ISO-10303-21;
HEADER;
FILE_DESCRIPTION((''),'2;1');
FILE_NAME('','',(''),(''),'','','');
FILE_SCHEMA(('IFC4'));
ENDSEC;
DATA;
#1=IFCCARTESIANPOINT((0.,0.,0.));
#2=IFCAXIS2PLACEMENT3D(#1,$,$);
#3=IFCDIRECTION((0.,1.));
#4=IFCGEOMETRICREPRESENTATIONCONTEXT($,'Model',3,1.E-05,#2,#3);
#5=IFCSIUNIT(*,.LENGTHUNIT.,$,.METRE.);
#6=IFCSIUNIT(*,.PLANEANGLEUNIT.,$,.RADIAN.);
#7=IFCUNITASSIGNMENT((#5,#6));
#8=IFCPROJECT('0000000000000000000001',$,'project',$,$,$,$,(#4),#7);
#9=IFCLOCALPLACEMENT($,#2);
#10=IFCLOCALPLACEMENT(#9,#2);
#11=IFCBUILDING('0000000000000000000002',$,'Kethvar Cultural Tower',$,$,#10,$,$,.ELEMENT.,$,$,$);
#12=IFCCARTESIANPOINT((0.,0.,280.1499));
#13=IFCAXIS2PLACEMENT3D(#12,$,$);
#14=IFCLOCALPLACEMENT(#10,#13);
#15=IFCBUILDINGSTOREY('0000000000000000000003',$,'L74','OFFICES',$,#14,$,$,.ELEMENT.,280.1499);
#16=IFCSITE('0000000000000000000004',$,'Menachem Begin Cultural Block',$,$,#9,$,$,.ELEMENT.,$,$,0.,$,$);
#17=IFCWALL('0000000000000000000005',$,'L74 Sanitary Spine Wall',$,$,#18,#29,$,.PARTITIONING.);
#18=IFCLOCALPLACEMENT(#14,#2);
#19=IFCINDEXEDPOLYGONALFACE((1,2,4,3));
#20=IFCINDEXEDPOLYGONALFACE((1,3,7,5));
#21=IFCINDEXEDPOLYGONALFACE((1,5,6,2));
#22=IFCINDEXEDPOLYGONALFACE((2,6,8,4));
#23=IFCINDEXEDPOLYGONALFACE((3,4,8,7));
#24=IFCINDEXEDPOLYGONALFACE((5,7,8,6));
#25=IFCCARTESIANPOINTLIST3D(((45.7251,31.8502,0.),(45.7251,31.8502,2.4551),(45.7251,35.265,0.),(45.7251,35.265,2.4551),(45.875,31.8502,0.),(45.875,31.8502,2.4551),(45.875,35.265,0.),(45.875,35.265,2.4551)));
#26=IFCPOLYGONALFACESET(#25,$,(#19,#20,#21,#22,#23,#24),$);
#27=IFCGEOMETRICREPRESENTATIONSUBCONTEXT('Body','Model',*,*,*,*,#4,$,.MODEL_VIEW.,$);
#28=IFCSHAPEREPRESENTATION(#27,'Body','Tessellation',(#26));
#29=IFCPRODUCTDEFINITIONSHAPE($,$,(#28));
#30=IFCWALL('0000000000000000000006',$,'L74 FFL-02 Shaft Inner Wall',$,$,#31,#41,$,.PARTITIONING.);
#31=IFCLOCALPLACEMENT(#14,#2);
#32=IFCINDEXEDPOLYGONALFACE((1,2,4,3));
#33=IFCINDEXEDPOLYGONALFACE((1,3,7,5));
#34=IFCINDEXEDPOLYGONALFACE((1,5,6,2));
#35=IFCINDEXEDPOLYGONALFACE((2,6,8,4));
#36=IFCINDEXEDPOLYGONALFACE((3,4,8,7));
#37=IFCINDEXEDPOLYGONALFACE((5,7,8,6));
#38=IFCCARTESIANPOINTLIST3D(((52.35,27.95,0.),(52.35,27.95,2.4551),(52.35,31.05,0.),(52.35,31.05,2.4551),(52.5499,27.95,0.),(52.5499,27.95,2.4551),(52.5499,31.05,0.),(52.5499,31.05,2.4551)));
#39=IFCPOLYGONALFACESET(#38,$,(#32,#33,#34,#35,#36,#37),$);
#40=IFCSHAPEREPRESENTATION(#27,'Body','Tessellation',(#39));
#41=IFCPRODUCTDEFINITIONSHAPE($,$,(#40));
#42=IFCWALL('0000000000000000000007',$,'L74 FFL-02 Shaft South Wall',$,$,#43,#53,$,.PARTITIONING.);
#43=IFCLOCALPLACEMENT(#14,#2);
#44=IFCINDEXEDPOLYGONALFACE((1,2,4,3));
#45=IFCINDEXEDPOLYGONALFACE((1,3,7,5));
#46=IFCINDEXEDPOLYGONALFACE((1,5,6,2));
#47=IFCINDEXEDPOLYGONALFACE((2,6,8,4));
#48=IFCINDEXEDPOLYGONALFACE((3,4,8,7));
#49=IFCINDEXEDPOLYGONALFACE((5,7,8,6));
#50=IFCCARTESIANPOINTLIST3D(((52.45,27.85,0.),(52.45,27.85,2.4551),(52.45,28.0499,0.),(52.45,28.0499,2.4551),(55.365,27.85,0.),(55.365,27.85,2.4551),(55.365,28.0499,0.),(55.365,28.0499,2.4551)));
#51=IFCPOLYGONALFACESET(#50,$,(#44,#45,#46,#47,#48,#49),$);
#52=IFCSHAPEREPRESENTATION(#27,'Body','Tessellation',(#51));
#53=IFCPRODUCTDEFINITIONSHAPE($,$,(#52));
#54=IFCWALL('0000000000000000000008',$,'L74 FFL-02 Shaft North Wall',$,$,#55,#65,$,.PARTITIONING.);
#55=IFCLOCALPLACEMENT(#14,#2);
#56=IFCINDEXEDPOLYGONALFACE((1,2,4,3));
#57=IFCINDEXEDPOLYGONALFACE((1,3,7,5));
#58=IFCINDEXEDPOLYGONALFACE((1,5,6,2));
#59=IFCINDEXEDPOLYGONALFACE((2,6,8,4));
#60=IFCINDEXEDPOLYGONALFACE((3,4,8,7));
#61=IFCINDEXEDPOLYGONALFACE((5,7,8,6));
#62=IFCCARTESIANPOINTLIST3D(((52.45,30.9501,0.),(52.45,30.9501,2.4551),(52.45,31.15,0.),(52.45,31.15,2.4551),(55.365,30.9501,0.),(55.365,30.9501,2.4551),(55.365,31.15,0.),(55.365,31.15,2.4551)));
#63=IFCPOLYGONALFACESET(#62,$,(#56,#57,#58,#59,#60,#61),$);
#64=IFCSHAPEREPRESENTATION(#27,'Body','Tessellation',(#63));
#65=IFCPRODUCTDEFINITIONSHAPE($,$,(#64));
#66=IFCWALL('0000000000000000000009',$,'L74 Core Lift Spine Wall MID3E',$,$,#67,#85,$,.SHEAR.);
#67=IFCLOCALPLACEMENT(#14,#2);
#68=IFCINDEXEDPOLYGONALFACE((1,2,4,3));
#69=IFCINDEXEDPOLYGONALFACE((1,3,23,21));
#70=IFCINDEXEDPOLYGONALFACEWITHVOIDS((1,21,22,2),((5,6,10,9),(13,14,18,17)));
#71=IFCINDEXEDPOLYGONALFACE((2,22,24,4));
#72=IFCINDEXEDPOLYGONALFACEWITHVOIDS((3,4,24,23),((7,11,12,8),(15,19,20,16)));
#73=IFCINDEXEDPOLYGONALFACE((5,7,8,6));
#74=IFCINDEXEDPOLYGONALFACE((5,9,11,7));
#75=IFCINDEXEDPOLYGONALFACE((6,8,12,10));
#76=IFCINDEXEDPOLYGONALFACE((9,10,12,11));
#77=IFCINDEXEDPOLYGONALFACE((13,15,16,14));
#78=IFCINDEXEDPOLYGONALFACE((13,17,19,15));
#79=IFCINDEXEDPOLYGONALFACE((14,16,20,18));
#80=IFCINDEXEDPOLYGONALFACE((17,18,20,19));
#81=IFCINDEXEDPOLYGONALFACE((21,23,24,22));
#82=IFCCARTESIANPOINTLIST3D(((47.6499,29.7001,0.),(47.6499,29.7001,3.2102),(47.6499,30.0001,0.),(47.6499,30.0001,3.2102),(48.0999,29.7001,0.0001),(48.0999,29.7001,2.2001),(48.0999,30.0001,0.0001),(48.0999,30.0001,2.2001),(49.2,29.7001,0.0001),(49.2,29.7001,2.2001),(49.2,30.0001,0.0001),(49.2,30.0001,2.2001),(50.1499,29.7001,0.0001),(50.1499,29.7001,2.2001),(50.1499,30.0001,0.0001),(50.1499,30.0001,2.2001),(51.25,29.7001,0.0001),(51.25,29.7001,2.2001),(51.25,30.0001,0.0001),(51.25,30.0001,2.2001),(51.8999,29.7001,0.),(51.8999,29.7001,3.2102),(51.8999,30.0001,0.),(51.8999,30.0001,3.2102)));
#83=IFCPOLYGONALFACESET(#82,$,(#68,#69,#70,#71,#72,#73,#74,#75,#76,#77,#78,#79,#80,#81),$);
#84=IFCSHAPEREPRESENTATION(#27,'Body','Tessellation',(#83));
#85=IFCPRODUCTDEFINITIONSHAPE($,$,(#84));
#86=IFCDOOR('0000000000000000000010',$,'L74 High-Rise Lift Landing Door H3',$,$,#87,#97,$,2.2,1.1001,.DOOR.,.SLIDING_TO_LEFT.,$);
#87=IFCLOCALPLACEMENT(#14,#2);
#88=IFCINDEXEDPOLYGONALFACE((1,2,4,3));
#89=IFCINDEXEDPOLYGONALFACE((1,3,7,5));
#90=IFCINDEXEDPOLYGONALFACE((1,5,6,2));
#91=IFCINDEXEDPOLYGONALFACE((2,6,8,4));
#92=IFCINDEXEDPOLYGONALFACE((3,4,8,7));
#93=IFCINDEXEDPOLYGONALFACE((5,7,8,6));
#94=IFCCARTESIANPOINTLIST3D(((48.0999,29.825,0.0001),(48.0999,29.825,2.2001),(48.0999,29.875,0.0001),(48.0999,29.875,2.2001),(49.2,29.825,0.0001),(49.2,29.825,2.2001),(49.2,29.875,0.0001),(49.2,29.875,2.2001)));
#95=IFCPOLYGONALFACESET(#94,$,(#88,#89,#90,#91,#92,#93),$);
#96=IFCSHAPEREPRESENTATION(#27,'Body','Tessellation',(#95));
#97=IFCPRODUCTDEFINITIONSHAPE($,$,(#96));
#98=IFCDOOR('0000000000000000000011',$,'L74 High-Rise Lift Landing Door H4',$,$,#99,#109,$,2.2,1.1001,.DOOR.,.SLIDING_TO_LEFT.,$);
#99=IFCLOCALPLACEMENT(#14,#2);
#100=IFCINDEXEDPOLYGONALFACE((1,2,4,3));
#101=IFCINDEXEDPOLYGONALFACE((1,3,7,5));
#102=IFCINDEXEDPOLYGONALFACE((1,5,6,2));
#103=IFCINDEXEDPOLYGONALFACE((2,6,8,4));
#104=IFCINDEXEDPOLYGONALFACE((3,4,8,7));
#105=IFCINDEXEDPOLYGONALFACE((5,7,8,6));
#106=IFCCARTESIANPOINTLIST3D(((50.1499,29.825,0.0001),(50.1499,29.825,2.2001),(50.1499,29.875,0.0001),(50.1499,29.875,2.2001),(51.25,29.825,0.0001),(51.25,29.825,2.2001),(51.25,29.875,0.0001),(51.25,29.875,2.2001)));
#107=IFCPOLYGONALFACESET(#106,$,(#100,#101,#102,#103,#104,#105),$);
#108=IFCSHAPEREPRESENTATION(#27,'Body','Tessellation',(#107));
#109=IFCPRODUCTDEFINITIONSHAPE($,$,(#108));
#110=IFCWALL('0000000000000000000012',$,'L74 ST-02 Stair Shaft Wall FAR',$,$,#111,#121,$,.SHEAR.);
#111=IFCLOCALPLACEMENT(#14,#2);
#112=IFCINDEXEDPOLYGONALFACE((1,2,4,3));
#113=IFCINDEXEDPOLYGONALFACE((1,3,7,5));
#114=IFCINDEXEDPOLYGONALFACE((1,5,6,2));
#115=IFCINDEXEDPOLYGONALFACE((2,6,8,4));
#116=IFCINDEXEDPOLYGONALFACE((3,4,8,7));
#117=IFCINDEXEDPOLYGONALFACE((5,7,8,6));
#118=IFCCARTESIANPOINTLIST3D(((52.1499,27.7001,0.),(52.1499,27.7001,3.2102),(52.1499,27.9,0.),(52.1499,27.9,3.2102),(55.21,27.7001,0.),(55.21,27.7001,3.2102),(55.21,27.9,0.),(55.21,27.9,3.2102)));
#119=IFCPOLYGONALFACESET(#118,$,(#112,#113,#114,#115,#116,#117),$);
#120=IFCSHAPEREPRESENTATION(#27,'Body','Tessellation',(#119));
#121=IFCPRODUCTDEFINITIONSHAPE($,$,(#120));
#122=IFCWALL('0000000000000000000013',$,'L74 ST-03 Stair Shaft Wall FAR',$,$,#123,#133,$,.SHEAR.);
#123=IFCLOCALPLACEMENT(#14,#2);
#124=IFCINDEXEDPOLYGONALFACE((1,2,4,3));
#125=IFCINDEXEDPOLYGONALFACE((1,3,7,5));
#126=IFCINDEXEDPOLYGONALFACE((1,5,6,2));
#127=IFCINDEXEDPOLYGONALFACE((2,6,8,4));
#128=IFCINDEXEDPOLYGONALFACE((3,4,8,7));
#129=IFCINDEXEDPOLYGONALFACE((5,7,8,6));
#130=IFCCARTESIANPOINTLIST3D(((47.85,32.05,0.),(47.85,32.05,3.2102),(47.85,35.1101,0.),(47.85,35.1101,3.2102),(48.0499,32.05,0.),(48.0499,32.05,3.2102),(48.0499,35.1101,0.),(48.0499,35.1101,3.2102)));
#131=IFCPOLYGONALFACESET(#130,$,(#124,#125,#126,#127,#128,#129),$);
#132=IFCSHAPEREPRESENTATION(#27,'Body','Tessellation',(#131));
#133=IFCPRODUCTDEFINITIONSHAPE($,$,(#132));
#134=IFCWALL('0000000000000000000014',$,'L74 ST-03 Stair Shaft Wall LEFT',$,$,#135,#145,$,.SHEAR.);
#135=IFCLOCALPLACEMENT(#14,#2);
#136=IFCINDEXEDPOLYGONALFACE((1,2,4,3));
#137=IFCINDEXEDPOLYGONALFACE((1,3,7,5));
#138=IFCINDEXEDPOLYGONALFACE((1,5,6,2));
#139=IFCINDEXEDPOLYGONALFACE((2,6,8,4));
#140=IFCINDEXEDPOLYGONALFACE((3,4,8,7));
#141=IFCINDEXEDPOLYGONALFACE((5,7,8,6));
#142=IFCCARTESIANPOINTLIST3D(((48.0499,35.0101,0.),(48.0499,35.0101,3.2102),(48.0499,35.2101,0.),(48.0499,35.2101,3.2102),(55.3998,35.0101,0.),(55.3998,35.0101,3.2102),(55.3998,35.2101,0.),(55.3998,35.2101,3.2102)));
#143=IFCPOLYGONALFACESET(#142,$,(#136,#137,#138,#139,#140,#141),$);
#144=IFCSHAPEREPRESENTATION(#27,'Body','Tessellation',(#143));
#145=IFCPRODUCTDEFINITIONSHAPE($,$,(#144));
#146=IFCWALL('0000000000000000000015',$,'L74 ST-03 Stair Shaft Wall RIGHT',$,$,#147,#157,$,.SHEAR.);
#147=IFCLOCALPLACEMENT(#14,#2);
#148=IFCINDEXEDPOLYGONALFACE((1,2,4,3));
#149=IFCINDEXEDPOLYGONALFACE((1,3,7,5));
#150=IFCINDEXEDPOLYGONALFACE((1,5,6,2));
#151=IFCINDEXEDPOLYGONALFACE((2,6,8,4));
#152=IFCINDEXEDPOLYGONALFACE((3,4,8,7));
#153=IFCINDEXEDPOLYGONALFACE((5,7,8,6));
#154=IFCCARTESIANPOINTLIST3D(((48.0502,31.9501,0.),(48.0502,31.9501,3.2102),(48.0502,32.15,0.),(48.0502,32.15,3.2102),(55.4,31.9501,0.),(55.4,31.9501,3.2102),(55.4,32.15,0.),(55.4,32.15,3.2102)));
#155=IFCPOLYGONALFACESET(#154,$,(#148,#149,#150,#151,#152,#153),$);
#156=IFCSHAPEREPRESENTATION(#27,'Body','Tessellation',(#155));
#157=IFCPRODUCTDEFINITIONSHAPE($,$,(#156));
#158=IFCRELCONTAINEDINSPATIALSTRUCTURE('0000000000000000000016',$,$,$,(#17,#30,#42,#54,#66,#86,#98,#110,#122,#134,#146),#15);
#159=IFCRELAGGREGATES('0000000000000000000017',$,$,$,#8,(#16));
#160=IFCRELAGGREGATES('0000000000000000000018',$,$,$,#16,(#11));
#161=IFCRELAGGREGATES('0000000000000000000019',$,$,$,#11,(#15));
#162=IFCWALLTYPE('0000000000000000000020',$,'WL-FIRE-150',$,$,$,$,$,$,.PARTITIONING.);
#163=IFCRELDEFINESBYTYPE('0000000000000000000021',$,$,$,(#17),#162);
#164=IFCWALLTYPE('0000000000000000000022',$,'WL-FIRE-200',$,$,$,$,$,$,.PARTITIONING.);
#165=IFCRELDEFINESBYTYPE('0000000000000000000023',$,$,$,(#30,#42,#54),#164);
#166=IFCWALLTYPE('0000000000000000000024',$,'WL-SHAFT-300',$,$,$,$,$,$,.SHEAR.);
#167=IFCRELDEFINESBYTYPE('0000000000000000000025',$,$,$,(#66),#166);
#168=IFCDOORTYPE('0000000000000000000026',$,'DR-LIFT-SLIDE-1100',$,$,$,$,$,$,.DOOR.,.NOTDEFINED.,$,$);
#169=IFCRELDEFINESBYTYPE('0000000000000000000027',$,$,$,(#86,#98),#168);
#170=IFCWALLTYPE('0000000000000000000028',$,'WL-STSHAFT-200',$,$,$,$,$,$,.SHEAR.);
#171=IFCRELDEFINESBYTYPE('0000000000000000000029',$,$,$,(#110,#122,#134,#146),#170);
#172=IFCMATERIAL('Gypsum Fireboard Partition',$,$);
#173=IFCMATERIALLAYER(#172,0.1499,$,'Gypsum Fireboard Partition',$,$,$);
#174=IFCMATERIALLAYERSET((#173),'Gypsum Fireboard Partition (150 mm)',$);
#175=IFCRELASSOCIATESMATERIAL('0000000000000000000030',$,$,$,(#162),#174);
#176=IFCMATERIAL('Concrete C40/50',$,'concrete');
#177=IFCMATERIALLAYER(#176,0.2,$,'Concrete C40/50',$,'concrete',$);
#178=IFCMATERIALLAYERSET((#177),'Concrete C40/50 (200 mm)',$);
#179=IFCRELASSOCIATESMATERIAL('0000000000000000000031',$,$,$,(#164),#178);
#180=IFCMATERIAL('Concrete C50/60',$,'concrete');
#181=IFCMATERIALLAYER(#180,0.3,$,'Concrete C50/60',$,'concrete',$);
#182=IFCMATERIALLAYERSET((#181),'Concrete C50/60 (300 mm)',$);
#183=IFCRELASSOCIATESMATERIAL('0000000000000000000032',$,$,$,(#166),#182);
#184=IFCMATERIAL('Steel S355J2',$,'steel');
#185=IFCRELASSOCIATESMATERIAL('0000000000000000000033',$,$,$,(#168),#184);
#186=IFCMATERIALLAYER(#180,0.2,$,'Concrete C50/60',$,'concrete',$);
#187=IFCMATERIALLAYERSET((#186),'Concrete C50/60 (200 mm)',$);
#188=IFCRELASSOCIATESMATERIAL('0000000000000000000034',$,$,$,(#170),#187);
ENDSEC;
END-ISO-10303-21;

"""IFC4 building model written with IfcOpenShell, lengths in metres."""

from ifc_helpers import new_model, si_unit, direction, frame, frame_2d, origin, place, context, subcontext, project, spatial, rectangle, extrude, source, transform, mapped, material, layer, layer_set, type_object, element, fill, save


model = new_model("IFC4")

# Units and contexts
model_context = context("Model", 3, precision=1e-05, world=origin(), true_north=direction((0.0, 1.0)))
body_context = subcontext(model_context, "Body", "Model", "MODEL_VIEW")
ifc_project = project(units=[si_unit("LENGTHUNIT", "METRE"), si_unit("PLANEANGLEUNIT", "RADIAN")], contexts=[model_context])

# Site, building, storey
site_placement = place(None, origin())
site = spatial("IfcSite", under=ifc_project, at=site_placement, Name="Menachem Begin Cultural Block", CompositionType="ELEMENT", RefElevation=0.0)
building_placement = place(site_placement, origin())
building = spatial("IfcBuilding", under=site, at=building_placement, Name="Kethvar Cultural Tower", CompositionType="ELEMENT")
storey_placement = place(building_placement, frame((0.0, 0.0, 280.1499)))
storey = spatial("IfcBuildingStorey", under=building, at=storey_placement, Name="L74", Description="OFFICES", CompositionType="ELEMENT", Elevation=280.1499)

# Shared definitions
ifc_material_1 = material(Name="Steel S355J2", Category="steel")

# Walls
ifc_material_2 = material(Name="Gypsum Fireboard Partition")
ifc_layer_1 = layer(ifc_material_2, 0.1499, Name="Gypsum Fireboard Partition")
ifc_layer_set_1 = layer_set([ifc_layer_1], Name="Gypsum Fireboard Partition (150 mm)")
wall_type_1 = type_object("IfcWallType", Name="WL-FIRE-150", PredefinedType="PARTITIONING", material=ifc_layer_set_1)
wall_1_placement = place(storey_placement, frame((45.8, 31.8501, 0.0), z_axis=(0.0, 0.0, 1.0), x_axis=(0.0, 1.0, 0.0)))
element("IfcWall", 1, at=wall_1_placement, inside=storey, type_object=wall_type_1, Name="L74 Sanitary Spine Wall", PredefinedType="PARTITIONING", context=body_context, shape_type="SweptSolid", body=[
    extrude(rectangle(XDim=3.4148, YDim=0.1499, at=frame_2d((1.7075, 0.0))), origin(), (0.0, 0.0, 1.0), 2.4551),
])
ifc_material_3 = material(Name="Concrete C40/50", Category="concrete")
ifc_layer_2 = layer(ifc_material_3, 0.2, Name="Concrete C40/50", Category="concrete")
ifc_layer_set_2 = layer_set([ifc_layer_2], Name="Concrete C40/50 (200 mm)")
wall_type_2 = type_object("IfcWallType", Name="WL-FIRE-200", PredefinedType="PARTITIONING", material=ifc_layer_set_2)
wall_2_placement = place(storey_placement, frame((52.45, 27.95, 0.0), z_axis=(0.0, 0.0, 1.0), x_axis=(0.0, 1.0, 0.0)))
element("IfcWall", 2, at=wall_2_placement, inside=storey, type_object=wall_type_2, Name="L74 FFL-02 Shaft Inner Wall", PredefinedType="PARTITIONING", context=body_context, shape_type="SweptSolid", body=[
    extrude(rectangle(XDim=3.1001, YDim=0.2, at=frame_2d((1.55, 0.0))), origin(), (0.0, 0.0, 1.0), 2.4551),
])
for number, where, z_axis, x_axis, name in (
    (3, (52.45, 27.95, 0.0), (0.0, 0.0, 1.0), (1.0, 0.0, 0.0), "L74 FFL-02 Shaft South Wall"),
    (4, (52.45, 31.05, 0.0), (0.0, 0.0, 1.0), (1.0, 0.0, 0.0), "L74 FFL-02 Shaft North Wall"),
):
    element("IfcWall", number, at=place(storey_placement, frame(where, z_axis=z_axis, x_axis=x_axis)), inside=storey, type_object=wall_type_2, Name=name, PredefinedType="PARTITIONING", context=body_context, shape_type="SweptSolid", body=[
        extrude(rectangle(XDim=2.915, YDim=0.2, at=frame_2d((1.4575, 0.0))), origin(), (0.0, 0.0, 1.0), 2.4551),
    ])

# Wall, openings, doors
ifc_material_4 = material(Name="Concrete C50/60", Category="concrete")
ifc_layer_3 = layer(ifc_material_4, 0.3, Name="Concrete C50/60", Category="concrete")
ifc_layer_set_3 = layer_set([ifc_layer_3], Name="Concrete C50/60 (300 mm)")
wall_type_3 = type_object("IfcWallType", Name="WL-SHAFT-300", PredefinedType="SHEAR", material=ifc_layer_set_3)
wall_3_placement = place(storey_placement, frame((47.6499, 29.8501, 0.0), z_axis=(0.0, 0.0, 1.0), x_axis=(1.0, 0.0, 0.0)))
wall_3 = element("IfcWall", 5, at=wall_3_placement, inside=storey, type_object=wall_type_3, Name="L74 Core Lift Spine Wall MID3E", PredefinedType="SHEAR", context=body_context, shape_type="SweptSolid", body=[
    extrude(rectangle(XDim=4.25, YDim=0.3, at=frame_2d((2.125, 0.0))), origin(), (0.0, 0.0, 1.0), 3.2102),
])
opening_1_placement = place(wall_3_placement, frame((0.45, 0.0, 0.0)))
opening_1 = element("IfcOpeningElement", 6, at=opening_1_placement, cuts=wall_3, PredefinedType="OPENING", context=body_context, shape_type="SweptSolid", body=[
    extrude(rectangle(XDim=1.1001, YDim=2.2, at=frame_2d((0.55, 1.1001))), frame((0.0, 0.1599, 0.0), z_axis=(0.0, -1.0, 0.0), x_axis=(1.0, 0.0, 0.0)), (0.0, 0.0, 1.0), 0.3201),
])
opening_2_placement = place(wall_3_placement, frame((2.5, 0.0, 0.0)))
opening_2 = element("IfcOpeningElement", 7, at=opening_2_placement, cuts=wall_3, PredefinedType="OPENING", context=body_context, shape_type="SweptSolid", body=[
    extrude(rectangle(XDim=1.1001, YDim=2.2, at=frame_2d((0.55, 1.1001))), frame((0.0, 0.1599, 0.0), z_axis=(0.0, -1.0, 0.0), x_axis=(1.0, 0.0, 0.0)), (0.0, 0.0, 1.0), 0.3201),
])
door_type = type_object("IfcDoorType", Name="DR-LIFT-SLIDE-1100", OperationType="NOTDEFINED", PredefinedType="DOOR", material=ifc_material_1)
shared_shape_1 = source(origin(), body_context, "Body", "SweptSolid", [
    extrude(rectangle(XDim=1.1001, YDim=2.2, at=frame_2d((0.55, 1.1001))), frame((0.0, 0.0249, 0.0), z_axis=(0.0, -1.0, 0.0), x_axis=(1.0, 0.0, 0.0)), (0.0, 0.0, 1.0), 0.05),
])
door_1_placement = place(opening_1_placement, origin())
door_1 = element("IfcDoor", 8, at=door_1_placement, inside=storey, type_object=door_type, Name="L74 High-Rise Lift Landing Door H3", OperationType="SLIDING_TO_LEFT", OverallHeight=2.2, OverallWidth=1.1001, PredefinedType="DOOR", context=body_context, shape_type="MappedRepresentation", body=[
    mapped(shared_shape_1, transform((0.0, 0.0, 0.0), scale=1.0)),
])
fill(opening_1, door_1)
door_2_placement = place(opening_2_placement, origin())
door_2 = element("IfcDoor", 9, at=door_2_placement, inside=storey, type_object=door_type, Name="L74 High-Rise Lift Landing Door H4", OperationType="SLIDING_TO_LEFT", OverallHeight=2.2, OverallWidth=1.1001, PredefinedType="DOOR", context=body_context, shape_type="MappedRepresentation", body=[
    mapped(shared_shape_1, transform((0.0, 0.0, 0.0), scale=1.0)),
])
fill(opening_2, door_2)

# Walls
ifc_layer_4 = layer(ifc_material_4, 0.2, Name="Concrete C50/60", Category="concrete")
ifc_layer_set_4 = layer_set([ifc_layer_4], Name="Concrete C50/60 (200 mm)")
wall_type_4 = type_object("IfcWallType", Name="WL-STSHAFT-200", PredefinedType="SHEAR", material=ifc_layer_set_4)
for number, where, z_axis, x_axis, name in (
    (10, (52.1499, 27.8, 0.0), (0.0, 0.0, 1.0), (1.0, 0.0, 0.0), "L74 ST-02 Stair Shaft Wall FAR"),
    (11, (47.95, 32.05, 0.0), (0.0, 0.0, 1.0), (0.0, 1.0, 0.0), "L74 ST-03 Stair Shaft Wall FAR"),
):
    element("IfcWall", number, at=place(storey_placement, frame(where, z_axis=z_axis, x_axis=x_axis)), inside=storey, type_object=wall_type_4, Name=name, PredefinedType="SHEAR", context=body_context, shape_type="SweptSolid", body=[
        extrude(rectangle(XDim=3.0601, YDim=0.2, at=frame_2d((1.53, 0.0))), origin(), (0.0, 0.0, 1.0), 3.2102),
    ])
for number, where, z_axis, x_axis, name in (
    (12, (48.05, 35.1101, 0.0), (0.0, 0.0, 1.0), (1.0, 0.0, 0.0), "L74 ST-03 Stair Shaft Wall LEFT"),
    (13, (55.3999, 32.05, 0.0), (0.0, 0.0, 1.0), (-1.0, 0.0, 0.0), "L74 ST-03 Stair Shaft Wall RIGHT"),
):
    element("IfcWall", number, at=place(storey_placement, frame(where, z_axis=z_axis, x_axis=x_axis)), inside=storey, type_object=wall_type_4, Name=name, PredefinedType="SHEAR", context=body_context, shape_type="SweptSolid", body=[
        extrude(rectangle(XDim=7.3499, YDim=0.2, at=frame_2d((3.6748, 0.0))), origin(), (0.0, 0.0, 1.0), 3.2102),
    ])

save(model, "model.ifc")
